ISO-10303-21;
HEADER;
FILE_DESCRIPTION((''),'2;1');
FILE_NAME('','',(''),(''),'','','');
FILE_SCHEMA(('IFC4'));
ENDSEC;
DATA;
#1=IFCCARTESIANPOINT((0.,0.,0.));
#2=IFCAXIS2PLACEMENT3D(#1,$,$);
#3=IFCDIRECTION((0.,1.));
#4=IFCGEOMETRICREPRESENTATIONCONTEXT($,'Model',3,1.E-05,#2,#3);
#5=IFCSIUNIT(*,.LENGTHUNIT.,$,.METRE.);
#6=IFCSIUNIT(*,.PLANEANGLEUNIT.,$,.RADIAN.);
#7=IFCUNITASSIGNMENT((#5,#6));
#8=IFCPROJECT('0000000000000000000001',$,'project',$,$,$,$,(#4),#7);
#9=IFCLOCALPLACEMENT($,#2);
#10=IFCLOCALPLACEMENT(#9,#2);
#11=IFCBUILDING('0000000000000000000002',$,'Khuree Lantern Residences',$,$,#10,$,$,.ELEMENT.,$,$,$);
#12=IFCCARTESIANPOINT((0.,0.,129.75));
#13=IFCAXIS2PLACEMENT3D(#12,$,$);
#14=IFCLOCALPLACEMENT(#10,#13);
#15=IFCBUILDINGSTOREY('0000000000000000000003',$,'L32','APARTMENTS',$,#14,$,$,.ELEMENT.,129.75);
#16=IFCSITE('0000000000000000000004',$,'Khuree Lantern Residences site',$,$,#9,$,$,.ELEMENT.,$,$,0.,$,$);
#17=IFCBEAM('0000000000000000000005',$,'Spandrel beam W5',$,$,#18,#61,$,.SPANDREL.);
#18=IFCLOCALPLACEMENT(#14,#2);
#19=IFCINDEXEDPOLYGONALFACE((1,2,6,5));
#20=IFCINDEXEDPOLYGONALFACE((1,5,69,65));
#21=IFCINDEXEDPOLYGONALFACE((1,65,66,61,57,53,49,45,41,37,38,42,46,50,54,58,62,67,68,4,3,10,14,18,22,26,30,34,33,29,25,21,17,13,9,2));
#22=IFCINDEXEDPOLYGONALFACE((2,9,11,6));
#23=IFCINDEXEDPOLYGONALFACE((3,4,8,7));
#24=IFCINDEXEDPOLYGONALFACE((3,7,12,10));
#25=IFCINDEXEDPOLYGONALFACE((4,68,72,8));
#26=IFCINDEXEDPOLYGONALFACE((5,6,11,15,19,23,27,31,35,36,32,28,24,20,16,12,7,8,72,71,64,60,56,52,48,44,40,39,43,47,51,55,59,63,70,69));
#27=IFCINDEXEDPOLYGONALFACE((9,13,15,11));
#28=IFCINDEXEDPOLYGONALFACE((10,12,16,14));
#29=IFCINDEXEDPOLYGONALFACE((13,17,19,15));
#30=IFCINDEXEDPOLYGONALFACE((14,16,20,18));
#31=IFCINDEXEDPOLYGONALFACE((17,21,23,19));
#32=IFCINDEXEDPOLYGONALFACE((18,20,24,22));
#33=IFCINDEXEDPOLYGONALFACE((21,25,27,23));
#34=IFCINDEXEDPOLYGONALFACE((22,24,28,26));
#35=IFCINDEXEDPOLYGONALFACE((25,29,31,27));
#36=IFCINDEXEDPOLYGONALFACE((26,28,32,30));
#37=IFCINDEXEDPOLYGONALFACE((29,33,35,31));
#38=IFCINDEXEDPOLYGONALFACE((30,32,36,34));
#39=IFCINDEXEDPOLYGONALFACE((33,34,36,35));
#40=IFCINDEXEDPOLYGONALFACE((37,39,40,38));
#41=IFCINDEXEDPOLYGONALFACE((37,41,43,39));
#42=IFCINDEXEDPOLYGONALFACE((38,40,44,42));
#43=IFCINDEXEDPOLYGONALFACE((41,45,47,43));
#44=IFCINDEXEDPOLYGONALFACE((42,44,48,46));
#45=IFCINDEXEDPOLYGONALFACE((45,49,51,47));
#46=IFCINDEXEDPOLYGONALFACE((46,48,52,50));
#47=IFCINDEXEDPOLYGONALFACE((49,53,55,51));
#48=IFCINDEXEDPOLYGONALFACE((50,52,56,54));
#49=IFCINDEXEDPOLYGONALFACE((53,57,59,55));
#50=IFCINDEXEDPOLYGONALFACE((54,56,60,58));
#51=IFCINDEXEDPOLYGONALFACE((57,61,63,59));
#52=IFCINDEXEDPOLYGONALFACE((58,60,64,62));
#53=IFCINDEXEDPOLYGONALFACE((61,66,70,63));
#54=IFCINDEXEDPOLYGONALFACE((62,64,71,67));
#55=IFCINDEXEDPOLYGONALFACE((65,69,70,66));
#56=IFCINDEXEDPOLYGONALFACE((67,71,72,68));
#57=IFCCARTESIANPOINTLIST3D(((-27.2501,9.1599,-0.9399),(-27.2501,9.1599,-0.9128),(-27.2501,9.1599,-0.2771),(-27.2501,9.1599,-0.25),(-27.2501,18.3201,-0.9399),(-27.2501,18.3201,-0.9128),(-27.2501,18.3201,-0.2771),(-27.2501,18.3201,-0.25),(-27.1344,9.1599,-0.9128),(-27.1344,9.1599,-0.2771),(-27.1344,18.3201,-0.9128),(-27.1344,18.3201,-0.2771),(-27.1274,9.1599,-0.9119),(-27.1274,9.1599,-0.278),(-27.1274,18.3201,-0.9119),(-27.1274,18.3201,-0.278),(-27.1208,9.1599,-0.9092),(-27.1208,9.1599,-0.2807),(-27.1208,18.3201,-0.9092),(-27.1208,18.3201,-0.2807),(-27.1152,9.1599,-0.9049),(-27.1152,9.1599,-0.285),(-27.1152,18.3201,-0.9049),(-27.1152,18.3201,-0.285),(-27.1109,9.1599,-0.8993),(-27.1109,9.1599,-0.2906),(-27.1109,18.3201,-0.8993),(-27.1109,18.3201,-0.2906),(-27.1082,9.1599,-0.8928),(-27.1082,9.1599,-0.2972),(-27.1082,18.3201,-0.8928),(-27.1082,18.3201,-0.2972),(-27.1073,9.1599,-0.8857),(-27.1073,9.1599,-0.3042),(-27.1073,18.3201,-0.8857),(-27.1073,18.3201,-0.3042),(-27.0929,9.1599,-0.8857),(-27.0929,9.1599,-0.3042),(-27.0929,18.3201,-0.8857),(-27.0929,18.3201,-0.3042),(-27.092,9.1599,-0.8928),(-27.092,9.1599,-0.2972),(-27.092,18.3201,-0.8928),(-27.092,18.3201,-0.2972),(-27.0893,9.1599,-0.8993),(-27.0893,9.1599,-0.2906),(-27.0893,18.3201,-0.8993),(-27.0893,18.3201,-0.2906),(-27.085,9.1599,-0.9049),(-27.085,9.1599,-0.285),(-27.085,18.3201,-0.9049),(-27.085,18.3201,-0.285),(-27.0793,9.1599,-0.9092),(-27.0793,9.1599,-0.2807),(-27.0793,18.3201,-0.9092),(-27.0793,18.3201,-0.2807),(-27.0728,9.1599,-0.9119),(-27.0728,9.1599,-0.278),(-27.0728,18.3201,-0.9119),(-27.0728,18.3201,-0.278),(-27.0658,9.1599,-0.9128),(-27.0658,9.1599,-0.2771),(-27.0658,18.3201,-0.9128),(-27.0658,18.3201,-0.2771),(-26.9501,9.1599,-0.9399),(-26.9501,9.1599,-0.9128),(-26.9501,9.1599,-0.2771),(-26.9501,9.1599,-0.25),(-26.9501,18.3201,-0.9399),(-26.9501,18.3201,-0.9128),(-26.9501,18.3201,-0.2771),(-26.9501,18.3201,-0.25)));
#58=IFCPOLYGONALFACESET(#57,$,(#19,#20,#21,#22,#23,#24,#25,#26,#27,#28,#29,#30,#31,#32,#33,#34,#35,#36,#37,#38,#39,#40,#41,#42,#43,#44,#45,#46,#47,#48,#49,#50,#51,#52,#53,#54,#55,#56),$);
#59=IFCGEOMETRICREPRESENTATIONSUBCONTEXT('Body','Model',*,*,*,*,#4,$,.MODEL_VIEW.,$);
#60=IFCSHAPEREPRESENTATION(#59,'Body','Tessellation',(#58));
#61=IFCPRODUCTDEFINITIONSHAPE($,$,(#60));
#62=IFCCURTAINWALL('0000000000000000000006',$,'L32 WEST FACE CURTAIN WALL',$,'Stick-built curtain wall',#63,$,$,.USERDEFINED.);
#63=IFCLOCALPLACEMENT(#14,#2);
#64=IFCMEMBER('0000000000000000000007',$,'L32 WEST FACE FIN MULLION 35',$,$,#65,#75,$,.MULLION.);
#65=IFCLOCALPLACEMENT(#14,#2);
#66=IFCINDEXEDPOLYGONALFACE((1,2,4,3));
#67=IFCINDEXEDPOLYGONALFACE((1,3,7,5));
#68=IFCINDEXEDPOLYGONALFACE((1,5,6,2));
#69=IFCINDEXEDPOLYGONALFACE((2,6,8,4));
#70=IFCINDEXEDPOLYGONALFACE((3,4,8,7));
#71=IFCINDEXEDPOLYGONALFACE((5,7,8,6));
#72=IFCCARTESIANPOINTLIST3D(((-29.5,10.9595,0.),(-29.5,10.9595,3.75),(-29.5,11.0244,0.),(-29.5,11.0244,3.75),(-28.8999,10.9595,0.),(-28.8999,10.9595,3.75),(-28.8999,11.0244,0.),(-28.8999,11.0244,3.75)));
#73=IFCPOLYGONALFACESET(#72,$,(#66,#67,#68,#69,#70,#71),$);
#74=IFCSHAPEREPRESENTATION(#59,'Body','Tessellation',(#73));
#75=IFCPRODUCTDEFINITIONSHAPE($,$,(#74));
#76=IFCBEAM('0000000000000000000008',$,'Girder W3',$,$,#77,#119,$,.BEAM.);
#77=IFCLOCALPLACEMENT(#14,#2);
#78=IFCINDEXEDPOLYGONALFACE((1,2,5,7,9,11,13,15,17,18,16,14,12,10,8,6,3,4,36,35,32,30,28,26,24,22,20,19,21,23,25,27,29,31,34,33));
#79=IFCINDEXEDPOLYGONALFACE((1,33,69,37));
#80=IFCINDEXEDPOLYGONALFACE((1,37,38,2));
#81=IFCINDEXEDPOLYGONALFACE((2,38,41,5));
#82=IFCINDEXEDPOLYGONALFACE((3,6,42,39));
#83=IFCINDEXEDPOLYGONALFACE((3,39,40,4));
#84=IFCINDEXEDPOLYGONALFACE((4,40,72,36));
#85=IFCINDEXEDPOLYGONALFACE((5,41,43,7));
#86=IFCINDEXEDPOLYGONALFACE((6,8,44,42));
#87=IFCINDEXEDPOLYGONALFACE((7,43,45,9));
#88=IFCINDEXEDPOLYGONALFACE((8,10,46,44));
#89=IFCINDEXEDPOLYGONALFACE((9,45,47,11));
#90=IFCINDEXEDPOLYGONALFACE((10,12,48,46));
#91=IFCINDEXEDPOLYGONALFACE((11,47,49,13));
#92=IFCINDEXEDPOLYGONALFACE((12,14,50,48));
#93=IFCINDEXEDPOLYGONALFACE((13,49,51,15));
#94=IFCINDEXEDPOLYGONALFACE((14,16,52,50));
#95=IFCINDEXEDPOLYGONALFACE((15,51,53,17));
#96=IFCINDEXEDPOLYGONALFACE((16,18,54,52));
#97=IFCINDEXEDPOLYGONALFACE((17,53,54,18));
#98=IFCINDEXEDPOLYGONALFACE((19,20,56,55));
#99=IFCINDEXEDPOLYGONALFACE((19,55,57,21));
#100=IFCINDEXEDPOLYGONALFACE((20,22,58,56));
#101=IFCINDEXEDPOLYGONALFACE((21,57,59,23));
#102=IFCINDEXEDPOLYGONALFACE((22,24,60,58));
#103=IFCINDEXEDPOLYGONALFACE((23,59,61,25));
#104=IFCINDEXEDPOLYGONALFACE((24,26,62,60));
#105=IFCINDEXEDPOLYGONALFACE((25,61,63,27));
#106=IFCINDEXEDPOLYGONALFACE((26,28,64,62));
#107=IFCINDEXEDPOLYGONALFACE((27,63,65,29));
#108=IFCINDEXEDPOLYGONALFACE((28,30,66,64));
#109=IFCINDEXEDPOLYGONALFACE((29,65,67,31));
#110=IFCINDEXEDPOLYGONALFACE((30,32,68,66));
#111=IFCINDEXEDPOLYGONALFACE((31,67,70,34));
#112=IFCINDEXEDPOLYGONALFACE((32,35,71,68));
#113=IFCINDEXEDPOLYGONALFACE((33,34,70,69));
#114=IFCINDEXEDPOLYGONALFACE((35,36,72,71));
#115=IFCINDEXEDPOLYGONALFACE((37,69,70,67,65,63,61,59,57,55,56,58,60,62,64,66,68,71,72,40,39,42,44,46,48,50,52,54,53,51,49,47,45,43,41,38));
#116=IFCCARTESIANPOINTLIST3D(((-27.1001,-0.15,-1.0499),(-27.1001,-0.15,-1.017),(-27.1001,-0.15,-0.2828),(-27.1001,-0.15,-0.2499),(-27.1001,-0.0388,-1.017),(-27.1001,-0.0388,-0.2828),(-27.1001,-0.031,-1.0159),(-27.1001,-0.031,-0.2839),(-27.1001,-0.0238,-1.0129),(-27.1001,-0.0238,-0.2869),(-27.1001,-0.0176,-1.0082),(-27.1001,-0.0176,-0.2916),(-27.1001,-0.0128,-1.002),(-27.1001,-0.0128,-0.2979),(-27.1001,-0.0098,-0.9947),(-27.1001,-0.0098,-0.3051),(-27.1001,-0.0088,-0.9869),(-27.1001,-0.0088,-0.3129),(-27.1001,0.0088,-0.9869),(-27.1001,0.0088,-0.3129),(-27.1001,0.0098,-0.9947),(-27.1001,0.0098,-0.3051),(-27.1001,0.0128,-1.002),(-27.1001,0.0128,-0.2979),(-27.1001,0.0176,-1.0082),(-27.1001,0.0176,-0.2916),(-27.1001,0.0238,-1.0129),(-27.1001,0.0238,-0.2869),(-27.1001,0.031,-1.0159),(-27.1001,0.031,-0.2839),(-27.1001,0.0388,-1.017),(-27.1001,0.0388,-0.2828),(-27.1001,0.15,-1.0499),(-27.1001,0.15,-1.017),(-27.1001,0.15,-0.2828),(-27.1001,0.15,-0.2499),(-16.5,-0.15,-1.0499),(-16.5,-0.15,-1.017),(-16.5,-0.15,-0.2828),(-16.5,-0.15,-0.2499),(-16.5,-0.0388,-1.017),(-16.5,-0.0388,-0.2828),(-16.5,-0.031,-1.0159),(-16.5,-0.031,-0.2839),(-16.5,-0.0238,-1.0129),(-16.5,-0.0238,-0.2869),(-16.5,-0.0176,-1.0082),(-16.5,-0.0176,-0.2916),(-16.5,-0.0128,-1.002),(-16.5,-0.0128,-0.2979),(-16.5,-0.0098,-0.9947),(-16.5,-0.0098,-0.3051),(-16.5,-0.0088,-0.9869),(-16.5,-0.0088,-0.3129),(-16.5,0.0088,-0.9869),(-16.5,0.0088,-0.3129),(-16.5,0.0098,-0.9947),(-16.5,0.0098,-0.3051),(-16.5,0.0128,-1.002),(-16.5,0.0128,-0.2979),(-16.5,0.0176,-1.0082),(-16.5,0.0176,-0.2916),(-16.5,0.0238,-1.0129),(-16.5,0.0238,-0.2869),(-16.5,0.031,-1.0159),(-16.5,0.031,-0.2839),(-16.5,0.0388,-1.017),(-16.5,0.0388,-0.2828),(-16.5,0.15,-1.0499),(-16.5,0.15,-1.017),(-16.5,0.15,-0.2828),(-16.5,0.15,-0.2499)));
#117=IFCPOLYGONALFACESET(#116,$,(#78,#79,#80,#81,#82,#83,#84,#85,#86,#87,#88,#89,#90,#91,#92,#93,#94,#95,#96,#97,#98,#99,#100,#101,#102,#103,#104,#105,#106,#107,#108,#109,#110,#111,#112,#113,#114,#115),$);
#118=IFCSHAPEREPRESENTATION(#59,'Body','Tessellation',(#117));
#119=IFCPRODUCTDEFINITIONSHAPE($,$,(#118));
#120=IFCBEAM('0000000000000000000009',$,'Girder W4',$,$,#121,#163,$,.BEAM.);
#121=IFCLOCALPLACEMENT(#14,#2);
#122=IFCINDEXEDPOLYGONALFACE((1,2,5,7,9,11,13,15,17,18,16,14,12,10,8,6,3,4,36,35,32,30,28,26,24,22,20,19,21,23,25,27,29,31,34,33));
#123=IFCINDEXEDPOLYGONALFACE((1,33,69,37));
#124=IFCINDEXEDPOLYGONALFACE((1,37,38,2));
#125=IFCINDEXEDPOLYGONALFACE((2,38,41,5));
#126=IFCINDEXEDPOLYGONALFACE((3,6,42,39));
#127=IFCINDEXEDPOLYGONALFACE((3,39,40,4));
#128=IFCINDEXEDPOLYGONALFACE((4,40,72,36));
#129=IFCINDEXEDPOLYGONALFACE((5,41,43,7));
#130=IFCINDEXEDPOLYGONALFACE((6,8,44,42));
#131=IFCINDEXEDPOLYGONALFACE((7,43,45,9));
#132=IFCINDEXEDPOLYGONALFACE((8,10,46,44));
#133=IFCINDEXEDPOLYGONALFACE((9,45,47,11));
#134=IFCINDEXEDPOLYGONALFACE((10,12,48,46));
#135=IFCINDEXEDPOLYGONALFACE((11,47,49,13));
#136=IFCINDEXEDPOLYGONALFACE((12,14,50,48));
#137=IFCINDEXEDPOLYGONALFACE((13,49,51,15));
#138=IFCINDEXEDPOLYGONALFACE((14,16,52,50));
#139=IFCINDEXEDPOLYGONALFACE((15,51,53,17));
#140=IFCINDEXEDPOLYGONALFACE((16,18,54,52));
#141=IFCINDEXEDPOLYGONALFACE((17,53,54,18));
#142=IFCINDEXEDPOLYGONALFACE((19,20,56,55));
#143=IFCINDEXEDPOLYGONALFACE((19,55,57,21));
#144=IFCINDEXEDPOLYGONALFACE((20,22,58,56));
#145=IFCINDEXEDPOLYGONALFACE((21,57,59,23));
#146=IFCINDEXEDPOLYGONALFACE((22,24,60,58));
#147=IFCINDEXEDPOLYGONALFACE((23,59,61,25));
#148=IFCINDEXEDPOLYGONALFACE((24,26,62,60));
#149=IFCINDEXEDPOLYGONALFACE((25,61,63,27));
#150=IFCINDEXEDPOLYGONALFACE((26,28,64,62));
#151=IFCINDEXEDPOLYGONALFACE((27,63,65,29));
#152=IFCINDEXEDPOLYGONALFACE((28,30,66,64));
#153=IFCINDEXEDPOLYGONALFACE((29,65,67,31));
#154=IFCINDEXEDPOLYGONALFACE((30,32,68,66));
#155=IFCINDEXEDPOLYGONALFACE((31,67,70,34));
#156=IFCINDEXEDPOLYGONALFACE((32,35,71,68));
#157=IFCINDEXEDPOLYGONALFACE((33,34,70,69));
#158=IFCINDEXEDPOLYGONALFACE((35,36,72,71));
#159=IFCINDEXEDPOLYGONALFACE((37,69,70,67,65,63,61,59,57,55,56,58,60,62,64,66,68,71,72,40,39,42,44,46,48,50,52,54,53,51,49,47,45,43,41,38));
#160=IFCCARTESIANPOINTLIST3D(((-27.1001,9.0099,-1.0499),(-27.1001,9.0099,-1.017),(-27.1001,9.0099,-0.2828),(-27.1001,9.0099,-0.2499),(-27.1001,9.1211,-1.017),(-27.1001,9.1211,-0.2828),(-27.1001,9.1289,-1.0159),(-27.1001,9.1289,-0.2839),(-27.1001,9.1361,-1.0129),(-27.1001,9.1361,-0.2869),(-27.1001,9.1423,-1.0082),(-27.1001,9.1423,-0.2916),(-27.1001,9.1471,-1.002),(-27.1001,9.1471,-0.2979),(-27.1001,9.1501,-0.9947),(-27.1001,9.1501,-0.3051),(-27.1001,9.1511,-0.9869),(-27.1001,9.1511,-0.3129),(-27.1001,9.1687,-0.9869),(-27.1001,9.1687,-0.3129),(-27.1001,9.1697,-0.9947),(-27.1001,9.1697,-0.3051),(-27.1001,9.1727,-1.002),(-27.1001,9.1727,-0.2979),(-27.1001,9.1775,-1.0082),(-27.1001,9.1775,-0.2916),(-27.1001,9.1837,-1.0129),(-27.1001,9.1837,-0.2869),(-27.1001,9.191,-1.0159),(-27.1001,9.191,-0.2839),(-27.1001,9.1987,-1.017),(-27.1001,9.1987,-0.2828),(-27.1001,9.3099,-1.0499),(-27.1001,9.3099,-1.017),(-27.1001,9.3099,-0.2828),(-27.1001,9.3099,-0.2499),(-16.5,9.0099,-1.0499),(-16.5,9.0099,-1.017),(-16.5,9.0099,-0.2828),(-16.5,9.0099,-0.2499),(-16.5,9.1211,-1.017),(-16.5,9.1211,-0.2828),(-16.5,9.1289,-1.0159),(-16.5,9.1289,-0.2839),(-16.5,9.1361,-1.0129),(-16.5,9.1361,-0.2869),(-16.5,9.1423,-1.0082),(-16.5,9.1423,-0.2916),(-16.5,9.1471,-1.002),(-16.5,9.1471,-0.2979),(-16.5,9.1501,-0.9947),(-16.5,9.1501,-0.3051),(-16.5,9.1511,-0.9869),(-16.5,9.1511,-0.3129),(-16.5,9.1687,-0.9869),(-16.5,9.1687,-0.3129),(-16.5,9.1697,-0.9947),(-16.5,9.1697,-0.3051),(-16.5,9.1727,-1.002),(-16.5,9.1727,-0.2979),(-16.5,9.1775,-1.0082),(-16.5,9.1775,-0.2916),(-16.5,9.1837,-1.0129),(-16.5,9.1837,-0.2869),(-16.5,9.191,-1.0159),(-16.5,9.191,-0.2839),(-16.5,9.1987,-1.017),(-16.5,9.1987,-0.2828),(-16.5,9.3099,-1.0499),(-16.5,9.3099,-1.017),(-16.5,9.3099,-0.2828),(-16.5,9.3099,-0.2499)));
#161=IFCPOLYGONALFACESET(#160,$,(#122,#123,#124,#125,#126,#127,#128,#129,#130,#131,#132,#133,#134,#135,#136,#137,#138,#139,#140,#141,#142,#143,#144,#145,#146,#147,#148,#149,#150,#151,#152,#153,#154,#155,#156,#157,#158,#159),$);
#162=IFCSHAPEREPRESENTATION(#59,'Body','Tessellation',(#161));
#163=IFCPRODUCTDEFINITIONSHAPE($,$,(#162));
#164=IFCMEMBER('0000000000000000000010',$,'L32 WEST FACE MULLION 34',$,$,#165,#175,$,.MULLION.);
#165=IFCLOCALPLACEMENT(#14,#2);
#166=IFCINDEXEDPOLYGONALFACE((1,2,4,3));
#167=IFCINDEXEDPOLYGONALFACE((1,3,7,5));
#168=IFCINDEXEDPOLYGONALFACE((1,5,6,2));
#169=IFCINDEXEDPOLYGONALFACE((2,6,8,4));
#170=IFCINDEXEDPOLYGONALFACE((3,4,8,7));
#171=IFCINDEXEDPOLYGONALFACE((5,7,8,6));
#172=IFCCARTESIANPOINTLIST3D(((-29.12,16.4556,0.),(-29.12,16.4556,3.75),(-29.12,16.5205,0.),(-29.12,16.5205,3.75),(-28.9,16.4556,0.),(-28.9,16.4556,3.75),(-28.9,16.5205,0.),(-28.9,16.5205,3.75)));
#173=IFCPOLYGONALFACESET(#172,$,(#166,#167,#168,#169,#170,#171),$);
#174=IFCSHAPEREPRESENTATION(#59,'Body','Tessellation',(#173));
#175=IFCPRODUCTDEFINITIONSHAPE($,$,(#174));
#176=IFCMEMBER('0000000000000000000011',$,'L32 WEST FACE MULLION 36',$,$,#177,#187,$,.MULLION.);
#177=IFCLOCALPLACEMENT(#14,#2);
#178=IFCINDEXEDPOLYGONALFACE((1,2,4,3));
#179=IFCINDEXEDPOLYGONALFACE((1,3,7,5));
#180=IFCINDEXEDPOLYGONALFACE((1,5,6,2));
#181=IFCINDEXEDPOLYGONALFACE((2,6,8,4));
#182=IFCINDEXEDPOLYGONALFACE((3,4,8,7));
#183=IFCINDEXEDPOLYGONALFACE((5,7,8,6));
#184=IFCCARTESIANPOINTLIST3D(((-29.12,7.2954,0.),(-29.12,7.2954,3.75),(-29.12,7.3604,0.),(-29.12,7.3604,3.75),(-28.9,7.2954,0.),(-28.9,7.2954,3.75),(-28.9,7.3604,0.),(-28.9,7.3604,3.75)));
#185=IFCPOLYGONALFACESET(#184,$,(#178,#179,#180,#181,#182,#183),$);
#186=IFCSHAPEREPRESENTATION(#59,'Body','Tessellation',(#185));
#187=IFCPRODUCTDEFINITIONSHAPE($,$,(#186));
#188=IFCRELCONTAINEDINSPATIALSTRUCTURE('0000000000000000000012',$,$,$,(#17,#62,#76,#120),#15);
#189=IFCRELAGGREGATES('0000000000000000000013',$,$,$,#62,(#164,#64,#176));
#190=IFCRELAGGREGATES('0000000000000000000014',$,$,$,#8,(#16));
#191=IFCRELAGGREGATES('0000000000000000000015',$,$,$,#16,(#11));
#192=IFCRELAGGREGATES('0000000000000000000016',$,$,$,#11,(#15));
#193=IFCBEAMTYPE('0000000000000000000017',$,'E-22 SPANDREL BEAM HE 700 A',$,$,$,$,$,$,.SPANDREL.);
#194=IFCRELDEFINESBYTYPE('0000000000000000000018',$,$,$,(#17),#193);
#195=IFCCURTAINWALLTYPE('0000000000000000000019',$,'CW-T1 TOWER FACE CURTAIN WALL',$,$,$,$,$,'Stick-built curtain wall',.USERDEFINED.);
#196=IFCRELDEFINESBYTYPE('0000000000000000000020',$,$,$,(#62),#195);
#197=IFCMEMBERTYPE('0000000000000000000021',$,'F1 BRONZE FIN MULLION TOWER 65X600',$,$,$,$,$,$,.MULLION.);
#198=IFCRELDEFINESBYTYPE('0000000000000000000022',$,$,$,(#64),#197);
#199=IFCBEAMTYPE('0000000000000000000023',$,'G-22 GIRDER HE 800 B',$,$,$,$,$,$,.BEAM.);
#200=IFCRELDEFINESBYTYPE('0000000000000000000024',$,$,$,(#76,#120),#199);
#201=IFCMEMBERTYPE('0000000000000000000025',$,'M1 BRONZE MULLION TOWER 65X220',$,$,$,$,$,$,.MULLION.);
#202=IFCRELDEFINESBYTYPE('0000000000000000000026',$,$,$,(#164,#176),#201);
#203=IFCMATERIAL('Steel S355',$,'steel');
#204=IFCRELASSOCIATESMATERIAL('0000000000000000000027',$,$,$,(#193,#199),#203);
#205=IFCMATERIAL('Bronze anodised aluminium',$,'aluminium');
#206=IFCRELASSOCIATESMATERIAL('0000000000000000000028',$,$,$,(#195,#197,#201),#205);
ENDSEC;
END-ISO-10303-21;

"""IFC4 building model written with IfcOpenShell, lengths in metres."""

from ifc_helpers import new_model, si_unit, direction, frame, origin, origin_2d, place, context, subcontext, project, spatial, rectangle, i_section, extrude, material, material_profile, profile_set, type_object, element, aggregate, save


model = new_model("IFC4")

# Units and contexts
model_context = context("Model", 3, precision=1e-05, world=origin(), true_north=direction((0.0, 1.0)))
body_context = subcontext(model_context, "Body", "Model", "MODEL_VIEW")
ifc_project = project(units=[si_unit("LENGTHUNIT", "METRE"), si_unit("PLANEANGLEUNIT", "RADIAN")], contexts=[model_context])

# Site, building, storey
site_placement = place(None, origin())
site = spatial("IfcSite", under=ifc_project, at=site_placement, Name="Khuree Lantern Residences site", CompositionType="ELEMENT", RefElevation=0.0)
building_placement = place(site_placement, origin())
building = spatial("IfcBuilding", under=site, at=building_placement, Name="Khuree Lantern Residences", CompositionType="ELEMENT")
storey_placement = place(building_placement, frame((0.0, 0.0, 129.75)))
storey = spatial("IfcBuildingStorey", under=building, at=storey_placement, Name="L32", Description="APARTMENTS", CompositionType="ELEMENT", Elevation=129.75)

# Beam
ifc_material_1 = material(Name="Steel S355", Category="steel")
ifc_material_profile_1 = material_profile(ifc_material_1, i_section(OverallWidth=0.3, OverallDepth=0.6899, WebThickness=0.0144, FlangeThickness=0.0271, FilletRadius=0.0271, at=origin_2d()), Name="HE 700 A")
ifc_profile_set_1 = profile_set([ifc_material_profile_1], Name="Steel S355")
beam_type_1 = type_object("IfcBeamType", Name="E-22 SPANDREL BEAM HE 700 A", PredefinedType="SPANDREL", material=ifc_profile_set_1)
beam_1_placement = place(storey_placement, frame((-27.1001, 9.1599, -0.595), z_axis=(0.0, 1.0, 0.0), x_axis=(-1.0, 0.0, 0.0)))
element("IfcBeam", 1, at=beam_1_placement, inside=storey, type_object=beam_type_1, Name="Spandrel beam W5", PredefinedType="SPANDREL", context=body_context, shape_type="SweptSolid", body=[
    extrude(i_section(OverallWidth=0.3, OverallDepth=0.6899, WebThickness=0.0144, FlangeThickness=0.0271, FilletRadius=0.0271, at=origin_2d()), origin(), (0.0, 0.0, 1.0), 9.1602),
])

# Curtain wall, member
ifc_material_2 = material(Name="Bronze anodised aluminium", Category="aluminium")
curtain_wall_type = type_object("IfcCurtainWallType", Name="CW-T1 TOWER FACE CURTAIN WALL", ElementType="Stick-built curtain wall", PredefinedType="USERDEFINED", material=ifc_material_2)
curtain_wall_placement = place(storey_placement, origin())
curtain_wall = element("IfcCurtainWall", 2, at=curtain_wall_placement, inside=storey, type_object=curtain_wall_type, Name="L32 WEST FACE CURTAIN WALL", ObjectType="Stick-built curtain wall", PredefinedType="USERDEFINED")
ifc_material_profile_2 = material_profile(ifc_material_2, rectangle(XDim=0.0649, YDim=0.6001, at=origin_2d()), Name="F1 65X600")
ifc_profile_set_2 = profile_set([ifc_material_profile_2], Name="Bronze anodised aluminium")
member_type_1 = type_object("IfcMemberType", Name="F1 BRONZE FIN MULLION TOWER 65X600", PredefinedType="MULLION", material=ifc_profile_set_2)
member_1_placement = place(storey_placement, frame((-29.2, 10.9919, 0.0), z_axis=(0.0, 0.0, 1.0), x_axis=(0.0, -1.0, 0.0)))
member_1 = element("IfcMember", 3, at=member_1_placement, type_object=member_type_1, Name="L32 WEST FACE FIN MULLION 35", PredefinedType="MULLION", context=body_context, shape_type="SweptSolid", body=[
    extrude(rectangle(XDim=0.0649, YDim=0.6001, at=origin_2d()), origin(), (0.0, 0.0, 1.0), 3.75),
])

# Beams
ifc_material_profile_3 = material_profile(ifc_material_1, i_section(OverallWidth=0.3, OverallDepth=0.8, WebThickness=0.0176, FlangeThickness=0.033, FilletRadius=0.03, at=origin_2d()), Name="HE 800 B")
ifc_profile_set_3 = profile_set([ifc_material_profile_3], Name="Steel S355")
beam_type_2 = type_object("IfcBeamType", Name="G-22 GIRDER HE 800 B", PredefinedType="BEAM", material=ifc_profile_set_3)
for number, where, z_axis, x_axis, name in (
    (4, (-27.1001, 0.0, -0.6499), (1.0, 0.0, 0.0), (0.0, 1.0, 0.0), "Girder W3"),
    (5, (-27.1001, 9.1599, -0.6499), (1.0, 0.0, 0.0), (0.0, 1.0, 0.0), "Girder W4"),
):
    element("IfcBeam", number, at=place(storey_placement, frame(where, z_axis=z_axis, x_axis=x_axis)), inside=storey, type_object=beam_type_2, Name=name, PredefinedType="BEAM", context=body_context, shape_type="SweptSolid", body=[
        extrude(i_section(OverallWidth=0.3, OverallDepth=0.8, WebThickness=0.0176, FlangeThickness=0.033, FilletRadius=0.03, at=origin_2d()), origin(), (0.0, 0.0, 1.0), 10.6001),
    ])

# Members
ifc_material_profile_4 = material_profile(ifc_material_2, rectangle(XDim=0.0649, YDim=0.22, at=origin_2d()), Name="M1 65X220")
ifc_profile_set_4 = profile_set([ifc_material_profile_4], Name="Bronze anodised aluminium")
member_type_2 = type_object("IfcMemberType", Name="M1 BRONZE MULLION TOWER 65X220", PredefinedType="MULLION", material=ifc_profile_set_4)
member_2_placement = place(storey_placement, frame((-29.01, 16.488, 0.0), z_axis=(0.0, 0.0, 1.0), x_axis=(0.0, -1.0, 0.0)))
member_2 = element("IfcMember", 6, at=member_2_placement, type_object=member_type_2, Name="L32 WEST FACE MULLION 34", PredefinedType="MULLION", context=body_context, shape_type="SweptSolid", body=[
    extrude(rectangle(XDim=0.0649, YDim=0.22, at=origin_2d()), origin(), (0.0, 0.0, 1.0), 3.75),
])
member_3_placement = place(storey_placement, frame((-29.01, 7.3279, 0.0), z_axis=(0.0, 0.0, 1.0), x_axis=(0.0, -1.0, 0.0)))
member_3 = element("IfcMember", 7, at=member_3_placement, type_object=member_type_2, Name="L32 WEST FACE MULLION 36", PredefinedType="MULLION", context=body_context, shape_type="SweptSolid", body=[
    extrude(rectangle(XDim=0.0649, YDim=0.22, at=origin_2d()), origin(), (0.0, 0.0, 1.0), 3.75),
])

aggregate(curtain_wall, [member_2, member_1, member_3])

save(model, "model.ifc")
